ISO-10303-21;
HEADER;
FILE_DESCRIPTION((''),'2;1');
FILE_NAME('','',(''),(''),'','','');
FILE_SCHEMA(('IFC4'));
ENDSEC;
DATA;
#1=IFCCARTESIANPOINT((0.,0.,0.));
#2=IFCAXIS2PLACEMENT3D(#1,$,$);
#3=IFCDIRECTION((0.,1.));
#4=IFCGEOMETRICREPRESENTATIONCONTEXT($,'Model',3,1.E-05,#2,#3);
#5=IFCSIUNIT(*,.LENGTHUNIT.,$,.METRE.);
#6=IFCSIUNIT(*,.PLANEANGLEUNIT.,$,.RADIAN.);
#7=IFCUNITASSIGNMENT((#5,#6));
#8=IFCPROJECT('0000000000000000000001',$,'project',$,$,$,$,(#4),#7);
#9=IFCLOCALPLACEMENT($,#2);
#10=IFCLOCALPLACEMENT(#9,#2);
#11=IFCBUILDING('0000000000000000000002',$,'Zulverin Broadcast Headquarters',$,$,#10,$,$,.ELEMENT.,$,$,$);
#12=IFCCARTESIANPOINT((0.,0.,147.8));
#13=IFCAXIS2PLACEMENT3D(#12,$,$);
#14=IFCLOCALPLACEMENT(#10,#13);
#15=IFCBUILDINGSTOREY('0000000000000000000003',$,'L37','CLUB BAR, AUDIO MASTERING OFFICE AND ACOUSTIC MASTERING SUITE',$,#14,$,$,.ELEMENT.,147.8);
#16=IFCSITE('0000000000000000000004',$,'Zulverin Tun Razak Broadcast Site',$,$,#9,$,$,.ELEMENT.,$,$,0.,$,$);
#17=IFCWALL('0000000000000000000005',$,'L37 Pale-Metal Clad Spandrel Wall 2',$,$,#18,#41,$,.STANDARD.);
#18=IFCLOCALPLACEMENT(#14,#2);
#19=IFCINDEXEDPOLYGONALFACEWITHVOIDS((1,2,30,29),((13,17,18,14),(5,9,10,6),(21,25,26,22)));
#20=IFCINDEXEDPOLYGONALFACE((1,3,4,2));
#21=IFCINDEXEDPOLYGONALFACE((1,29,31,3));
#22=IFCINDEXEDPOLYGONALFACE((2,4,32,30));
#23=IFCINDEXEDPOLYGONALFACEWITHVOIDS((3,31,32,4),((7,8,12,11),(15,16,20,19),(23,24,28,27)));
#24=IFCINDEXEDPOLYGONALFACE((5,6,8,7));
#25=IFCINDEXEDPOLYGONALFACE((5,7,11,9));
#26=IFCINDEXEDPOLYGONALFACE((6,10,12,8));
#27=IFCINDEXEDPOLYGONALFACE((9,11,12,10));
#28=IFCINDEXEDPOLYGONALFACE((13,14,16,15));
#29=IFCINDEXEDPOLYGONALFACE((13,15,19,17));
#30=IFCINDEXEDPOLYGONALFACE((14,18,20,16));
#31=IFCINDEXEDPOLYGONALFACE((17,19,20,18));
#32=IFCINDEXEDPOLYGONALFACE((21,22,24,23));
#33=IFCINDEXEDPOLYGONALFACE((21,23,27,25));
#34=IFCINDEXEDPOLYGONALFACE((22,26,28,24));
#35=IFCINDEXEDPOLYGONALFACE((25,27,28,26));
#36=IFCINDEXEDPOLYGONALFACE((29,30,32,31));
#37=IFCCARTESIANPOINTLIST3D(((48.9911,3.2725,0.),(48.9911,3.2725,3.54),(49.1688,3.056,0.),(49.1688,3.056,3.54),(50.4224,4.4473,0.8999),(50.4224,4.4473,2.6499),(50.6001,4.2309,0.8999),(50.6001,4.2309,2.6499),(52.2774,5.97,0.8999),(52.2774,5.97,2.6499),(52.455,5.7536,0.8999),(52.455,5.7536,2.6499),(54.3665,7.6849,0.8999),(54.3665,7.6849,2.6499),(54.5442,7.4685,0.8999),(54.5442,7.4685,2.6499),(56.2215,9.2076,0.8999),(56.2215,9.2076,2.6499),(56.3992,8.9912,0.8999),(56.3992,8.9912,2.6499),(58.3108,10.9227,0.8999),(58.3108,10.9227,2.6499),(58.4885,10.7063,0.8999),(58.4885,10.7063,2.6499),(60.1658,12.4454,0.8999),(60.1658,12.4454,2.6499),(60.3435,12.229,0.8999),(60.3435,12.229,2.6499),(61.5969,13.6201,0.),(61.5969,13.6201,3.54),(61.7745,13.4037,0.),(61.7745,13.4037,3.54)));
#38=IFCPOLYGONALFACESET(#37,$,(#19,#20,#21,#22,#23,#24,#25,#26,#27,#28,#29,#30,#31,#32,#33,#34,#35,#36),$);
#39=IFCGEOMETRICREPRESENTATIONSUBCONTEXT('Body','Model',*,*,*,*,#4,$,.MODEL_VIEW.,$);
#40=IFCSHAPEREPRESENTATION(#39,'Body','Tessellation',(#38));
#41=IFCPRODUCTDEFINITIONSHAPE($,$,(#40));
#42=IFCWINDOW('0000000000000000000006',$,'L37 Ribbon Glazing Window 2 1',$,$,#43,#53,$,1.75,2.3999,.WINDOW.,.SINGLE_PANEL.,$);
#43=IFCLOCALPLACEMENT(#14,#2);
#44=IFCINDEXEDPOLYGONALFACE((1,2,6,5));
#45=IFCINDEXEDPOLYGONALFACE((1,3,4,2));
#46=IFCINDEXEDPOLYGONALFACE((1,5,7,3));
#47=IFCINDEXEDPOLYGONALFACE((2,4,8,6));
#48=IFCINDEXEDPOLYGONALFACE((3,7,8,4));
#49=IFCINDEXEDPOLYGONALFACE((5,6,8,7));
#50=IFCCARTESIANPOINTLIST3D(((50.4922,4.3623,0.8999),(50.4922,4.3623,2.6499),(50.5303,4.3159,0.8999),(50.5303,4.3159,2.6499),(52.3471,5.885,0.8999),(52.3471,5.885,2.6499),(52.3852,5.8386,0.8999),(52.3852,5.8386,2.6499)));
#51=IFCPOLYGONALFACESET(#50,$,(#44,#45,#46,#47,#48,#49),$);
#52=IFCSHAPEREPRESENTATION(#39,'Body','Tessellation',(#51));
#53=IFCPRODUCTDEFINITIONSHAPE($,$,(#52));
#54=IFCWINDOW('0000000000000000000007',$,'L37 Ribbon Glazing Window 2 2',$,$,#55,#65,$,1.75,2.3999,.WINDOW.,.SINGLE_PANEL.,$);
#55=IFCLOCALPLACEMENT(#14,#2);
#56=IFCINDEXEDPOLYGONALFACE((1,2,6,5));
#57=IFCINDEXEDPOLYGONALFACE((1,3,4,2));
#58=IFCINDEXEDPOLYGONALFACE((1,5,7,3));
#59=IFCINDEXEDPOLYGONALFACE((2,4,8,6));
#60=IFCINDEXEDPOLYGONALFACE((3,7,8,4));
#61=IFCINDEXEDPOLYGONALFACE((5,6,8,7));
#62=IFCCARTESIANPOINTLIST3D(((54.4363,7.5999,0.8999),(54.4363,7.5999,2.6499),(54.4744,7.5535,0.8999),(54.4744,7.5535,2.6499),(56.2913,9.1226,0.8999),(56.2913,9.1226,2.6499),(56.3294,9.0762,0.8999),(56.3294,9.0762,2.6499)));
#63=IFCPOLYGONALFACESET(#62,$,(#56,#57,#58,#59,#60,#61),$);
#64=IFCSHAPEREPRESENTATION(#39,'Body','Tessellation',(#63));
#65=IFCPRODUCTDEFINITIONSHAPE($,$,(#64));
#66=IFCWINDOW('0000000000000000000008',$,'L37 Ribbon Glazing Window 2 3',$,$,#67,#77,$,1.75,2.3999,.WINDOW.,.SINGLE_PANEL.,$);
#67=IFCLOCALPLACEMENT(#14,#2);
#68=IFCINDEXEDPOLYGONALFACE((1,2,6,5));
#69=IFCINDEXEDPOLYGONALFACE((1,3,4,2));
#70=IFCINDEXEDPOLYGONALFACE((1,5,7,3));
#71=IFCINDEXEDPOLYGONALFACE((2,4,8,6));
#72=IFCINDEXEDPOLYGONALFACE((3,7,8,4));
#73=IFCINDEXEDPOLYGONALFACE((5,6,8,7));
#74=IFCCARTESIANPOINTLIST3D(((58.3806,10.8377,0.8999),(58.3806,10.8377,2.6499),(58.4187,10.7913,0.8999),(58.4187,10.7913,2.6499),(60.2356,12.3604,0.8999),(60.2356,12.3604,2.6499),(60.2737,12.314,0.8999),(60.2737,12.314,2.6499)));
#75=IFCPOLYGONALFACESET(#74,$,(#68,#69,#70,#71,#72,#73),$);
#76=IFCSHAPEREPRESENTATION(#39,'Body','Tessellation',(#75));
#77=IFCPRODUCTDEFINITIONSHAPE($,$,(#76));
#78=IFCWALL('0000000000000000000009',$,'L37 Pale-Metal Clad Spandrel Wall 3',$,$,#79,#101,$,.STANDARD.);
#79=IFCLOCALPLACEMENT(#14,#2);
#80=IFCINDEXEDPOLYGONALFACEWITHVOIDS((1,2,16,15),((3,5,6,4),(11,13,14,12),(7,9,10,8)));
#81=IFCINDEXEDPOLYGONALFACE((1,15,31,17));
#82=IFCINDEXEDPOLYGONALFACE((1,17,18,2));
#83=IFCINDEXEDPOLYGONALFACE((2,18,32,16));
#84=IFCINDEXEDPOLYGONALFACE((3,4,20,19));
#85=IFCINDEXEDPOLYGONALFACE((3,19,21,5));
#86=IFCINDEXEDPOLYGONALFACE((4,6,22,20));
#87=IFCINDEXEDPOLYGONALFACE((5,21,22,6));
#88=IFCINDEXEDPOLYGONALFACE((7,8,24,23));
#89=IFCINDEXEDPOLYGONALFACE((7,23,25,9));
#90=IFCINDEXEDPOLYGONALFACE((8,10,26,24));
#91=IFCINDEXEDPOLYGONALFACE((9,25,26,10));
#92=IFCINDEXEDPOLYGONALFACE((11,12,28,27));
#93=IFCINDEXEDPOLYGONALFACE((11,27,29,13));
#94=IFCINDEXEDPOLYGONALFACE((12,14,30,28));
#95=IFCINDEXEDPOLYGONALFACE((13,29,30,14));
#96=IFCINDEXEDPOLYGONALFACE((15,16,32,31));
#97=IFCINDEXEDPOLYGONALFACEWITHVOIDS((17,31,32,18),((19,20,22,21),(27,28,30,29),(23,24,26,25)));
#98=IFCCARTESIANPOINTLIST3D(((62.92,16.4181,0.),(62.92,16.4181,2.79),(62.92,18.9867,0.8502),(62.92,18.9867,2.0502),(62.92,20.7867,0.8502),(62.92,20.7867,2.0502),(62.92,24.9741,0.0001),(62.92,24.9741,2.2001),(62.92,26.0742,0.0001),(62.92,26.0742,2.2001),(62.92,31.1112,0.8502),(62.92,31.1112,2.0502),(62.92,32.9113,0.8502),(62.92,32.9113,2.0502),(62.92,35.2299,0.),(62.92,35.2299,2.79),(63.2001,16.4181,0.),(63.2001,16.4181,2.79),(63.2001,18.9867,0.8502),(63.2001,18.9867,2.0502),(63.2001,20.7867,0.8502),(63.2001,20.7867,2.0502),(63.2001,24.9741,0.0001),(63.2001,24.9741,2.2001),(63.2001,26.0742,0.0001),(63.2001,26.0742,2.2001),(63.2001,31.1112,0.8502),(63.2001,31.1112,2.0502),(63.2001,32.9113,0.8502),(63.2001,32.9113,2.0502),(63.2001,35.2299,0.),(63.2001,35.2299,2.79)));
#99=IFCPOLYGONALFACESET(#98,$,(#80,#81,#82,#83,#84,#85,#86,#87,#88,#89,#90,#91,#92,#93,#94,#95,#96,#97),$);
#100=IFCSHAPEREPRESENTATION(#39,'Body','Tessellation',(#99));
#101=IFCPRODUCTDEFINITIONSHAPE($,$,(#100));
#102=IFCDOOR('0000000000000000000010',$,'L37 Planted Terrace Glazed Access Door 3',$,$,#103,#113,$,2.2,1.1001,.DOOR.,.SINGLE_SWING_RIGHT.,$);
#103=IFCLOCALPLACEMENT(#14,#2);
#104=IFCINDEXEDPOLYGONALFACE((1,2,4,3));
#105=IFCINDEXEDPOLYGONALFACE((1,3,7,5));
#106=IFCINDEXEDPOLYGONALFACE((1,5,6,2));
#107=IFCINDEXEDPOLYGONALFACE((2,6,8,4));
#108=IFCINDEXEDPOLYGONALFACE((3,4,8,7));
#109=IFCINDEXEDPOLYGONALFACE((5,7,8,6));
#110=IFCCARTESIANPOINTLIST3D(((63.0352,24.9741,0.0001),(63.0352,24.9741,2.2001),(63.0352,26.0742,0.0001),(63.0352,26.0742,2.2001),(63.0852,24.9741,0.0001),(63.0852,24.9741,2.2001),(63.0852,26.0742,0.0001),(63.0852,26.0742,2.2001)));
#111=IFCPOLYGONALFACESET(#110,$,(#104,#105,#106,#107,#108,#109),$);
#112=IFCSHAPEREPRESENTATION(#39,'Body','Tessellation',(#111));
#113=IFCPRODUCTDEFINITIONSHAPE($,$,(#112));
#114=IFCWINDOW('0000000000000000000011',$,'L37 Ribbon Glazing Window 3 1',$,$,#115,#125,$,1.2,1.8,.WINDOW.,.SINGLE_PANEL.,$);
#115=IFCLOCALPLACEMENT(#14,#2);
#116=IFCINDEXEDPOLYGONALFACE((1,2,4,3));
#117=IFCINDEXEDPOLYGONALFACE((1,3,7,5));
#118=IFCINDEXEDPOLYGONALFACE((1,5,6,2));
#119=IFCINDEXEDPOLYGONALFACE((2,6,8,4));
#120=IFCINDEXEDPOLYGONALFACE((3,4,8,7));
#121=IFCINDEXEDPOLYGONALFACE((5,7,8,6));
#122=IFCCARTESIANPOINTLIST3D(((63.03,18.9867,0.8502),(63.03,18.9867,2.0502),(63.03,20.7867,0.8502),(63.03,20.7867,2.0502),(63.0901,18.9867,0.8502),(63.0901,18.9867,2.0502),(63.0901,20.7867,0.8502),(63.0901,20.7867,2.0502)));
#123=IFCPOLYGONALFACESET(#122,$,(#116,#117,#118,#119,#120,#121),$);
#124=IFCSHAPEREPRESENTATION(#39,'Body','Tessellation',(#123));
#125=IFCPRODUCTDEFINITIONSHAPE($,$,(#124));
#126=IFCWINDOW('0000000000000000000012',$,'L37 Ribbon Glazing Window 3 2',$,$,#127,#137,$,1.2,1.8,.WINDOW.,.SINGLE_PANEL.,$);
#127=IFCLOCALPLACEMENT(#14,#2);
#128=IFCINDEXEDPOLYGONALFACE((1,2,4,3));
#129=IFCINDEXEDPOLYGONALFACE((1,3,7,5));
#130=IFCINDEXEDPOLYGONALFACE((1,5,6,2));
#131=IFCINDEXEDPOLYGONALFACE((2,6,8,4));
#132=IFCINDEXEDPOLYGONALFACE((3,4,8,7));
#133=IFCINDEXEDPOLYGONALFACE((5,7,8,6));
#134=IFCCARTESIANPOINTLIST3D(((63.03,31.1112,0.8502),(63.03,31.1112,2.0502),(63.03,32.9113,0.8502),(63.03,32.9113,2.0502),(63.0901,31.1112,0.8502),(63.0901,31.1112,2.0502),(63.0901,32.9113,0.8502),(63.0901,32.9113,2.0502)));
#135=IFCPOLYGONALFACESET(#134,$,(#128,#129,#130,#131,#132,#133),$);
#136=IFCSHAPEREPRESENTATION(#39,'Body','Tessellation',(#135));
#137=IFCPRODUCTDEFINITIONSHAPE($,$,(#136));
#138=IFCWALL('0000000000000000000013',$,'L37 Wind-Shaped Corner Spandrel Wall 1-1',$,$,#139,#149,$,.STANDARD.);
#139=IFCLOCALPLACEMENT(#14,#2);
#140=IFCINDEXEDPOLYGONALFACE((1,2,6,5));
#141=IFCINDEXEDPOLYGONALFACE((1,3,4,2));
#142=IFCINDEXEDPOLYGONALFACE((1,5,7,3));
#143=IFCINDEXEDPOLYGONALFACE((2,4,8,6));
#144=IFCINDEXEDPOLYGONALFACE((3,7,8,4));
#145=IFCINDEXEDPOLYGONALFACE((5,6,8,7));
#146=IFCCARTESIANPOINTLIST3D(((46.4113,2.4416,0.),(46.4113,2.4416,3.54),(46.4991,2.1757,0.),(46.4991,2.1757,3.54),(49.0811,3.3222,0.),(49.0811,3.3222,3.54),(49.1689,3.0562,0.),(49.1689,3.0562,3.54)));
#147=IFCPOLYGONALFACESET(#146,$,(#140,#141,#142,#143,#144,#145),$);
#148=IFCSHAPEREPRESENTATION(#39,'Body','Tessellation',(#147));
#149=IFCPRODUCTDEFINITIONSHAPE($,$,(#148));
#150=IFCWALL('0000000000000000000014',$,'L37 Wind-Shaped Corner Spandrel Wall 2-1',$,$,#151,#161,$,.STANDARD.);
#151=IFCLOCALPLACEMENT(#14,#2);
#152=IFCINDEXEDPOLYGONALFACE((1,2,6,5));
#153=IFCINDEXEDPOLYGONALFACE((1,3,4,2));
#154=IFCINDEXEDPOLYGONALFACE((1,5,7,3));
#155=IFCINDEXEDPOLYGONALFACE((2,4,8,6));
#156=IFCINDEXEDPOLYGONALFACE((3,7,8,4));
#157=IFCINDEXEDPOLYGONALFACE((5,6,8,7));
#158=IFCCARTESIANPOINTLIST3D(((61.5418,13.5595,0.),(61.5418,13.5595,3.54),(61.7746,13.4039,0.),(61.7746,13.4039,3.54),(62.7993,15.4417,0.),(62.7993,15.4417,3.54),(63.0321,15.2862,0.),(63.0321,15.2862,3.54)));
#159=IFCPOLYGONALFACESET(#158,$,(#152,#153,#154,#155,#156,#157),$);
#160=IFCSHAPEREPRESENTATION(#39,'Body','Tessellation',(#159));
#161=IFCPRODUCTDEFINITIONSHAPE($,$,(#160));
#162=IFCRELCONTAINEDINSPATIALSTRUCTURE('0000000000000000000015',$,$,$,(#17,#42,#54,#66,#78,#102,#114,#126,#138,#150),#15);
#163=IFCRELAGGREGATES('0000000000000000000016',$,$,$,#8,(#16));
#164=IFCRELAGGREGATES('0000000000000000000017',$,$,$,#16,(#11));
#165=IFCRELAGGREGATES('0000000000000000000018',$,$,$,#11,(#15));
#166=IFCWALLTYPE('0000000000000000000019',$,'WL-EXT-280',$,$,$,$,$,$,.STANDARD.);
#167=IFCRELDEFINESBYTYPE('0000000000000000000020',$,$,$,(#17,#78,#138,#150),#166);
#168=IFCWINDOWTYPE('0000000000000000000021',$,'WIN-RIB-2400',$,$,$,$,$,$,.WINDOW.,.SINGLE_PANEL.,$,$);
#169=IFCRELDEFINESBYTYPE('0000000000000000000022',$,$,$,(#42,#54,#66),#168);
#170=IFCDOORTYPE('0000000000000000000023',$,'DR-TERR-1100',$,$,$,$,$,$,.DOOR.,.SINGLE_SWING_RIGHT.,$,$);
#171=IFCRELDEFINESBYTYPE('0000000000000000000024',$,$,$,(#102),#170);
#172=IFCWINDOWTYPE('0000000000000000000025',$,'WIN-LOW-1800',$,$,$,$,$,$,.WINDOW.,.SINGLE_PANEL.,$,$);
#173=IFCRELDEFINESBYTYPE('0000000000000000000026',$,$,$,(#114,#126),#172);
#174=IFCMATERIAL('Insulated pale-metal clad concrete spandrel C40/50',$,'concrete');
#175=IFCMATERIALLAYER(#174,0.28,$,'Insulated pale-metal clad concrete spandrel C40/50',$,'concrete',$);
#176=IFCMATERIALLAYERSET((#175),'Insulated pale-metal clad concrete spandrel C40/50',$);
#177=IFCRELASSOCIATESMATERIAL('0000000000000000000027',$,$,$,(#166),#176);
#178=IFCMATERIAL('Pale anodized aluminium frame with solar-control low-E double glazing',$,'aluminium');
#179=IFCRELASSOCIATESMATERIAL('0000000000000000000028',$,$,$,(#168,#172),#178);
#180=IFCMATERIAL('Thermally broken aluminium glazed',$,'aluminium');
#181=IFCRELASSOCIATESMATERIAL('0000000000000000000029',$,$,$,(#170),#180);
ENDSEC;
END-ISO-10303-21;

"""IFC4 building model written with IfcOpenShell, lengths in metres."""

from ifc_helpers import new_model, si_unit, direction, frame, frame_2d, origin, place, context, subcontext, project, spatial, rectangle, extrude, material, layer, layer_set, type_object, element, fill, save


model = new_model("IFC4")

# Units and contexts
model_context = context("Model", 3, precision=1e-05, world=origin(), true_north=direction((0.0, 1.0)))
body_context = subcontext(model_context, "Body", "Model", "MODEL_VIEW")
ifc_project = project(units=[si_unit("LENGTHUNIT", "METRE"), si_unit("PLANEANGLEUNIT", "RADIAN")], contexts=[model_context])

# Site, building, storey
site_placement = place(None, origin())
site = spatial("IfcSite", under=ifc_project, at=site_placement, Name="Zulverin Tun Razak Broadcast Site", CompositionType="ELEMENT", RefElevation=0.0)
building_placement = place(site_placement, origin())
building = spatial("IfcBuilding", under=site, at=building_placement, Name="Zulverin Broadcast Headquarters", CompositionType="ELEMENT")
storey_placement = place(building_placement, frame((0.0, 0.0, 147.8)))
storey = spatial("IfcBuildingStorey", under=building, at=storey_placement, Name="L37", Description="CLUB BAR, AUDIO MASTERING OFFICE AND ACOUSTIC MASTERING SUITE", CompositionType="ELEMENT", Elevation=147.8)

# Wall, openings, windows
ifc_material_1 = material(Name="Insulated pale-metal clad concrete spandrel C40/50", Category="concrete")
ifc_layer_1 = layer(ifc_material_1, 0.28, Name="Insulated pale-metal clad concrete spandrel C40/50", Category="concrete")
ifc_layer_set_1 = layer_set([ifc_layer_1], Name="Insulated pale-metal clad concrete spandrel C40/50")
wall_type = type_object("IfcWallType", Name="WL-EXT-280", PredefinedType="STANDARD", material=ifc_layer_set_1)
wall_1_placement = place(storey_placement, frame((49.0801, 3.1643, 0.0), z_axis=(0.0, 0.0, 1.0), x_axis=(0.772938, 0.634482, 0.0)))
wall_1 = element("IfcWall", 1, at=wall_1_placement, inside=storey, type_object=wall_type, Name="L37 Pale-Metal Clad Spandrel Wall 2", PredefinedType="STANDARD", context=body_context, shape_type="SweptSolid", body=[
    extrude(rectangle(XDim=16.3088, YDim=0.28, at=frame_2d((8.1543, 0.0))), origin(), (0.0, 0.0, 1.0), 3.54),
])
opening_1_placement = place(wall_1_placement, frame((1.8516, 0.0, 0.8999)))
opening_1 = element("IfcOpeningElement", 2, at=opening_1_placement, cuts=wall_1, PredefinedType="OPENING", context=body_context, shape_type="SweptSolid", body=[
    extrude(rectangle(XDim=2.3999, YDim=1.75, at=frame_2d((1.2, 0.875))), frame((0.0, 0.1499, 0.0), z_axis=(0.0, -1.0, 0.0), x_axis=(1.0, 0.0, 0.0)), (0.0, 0.0, 1.0), 0.3),
])
opening_2_placement = place(wall_1_placement, frame((6.9543, 0.0, 0.8999)))
opening_2 = element("IfcOpeningElement", 3, at=opening_2_placement, cuts=wall_1, PredefinedType="OPENING", context=body_context, shape_type="SweptSolid", body=[
    extrude(rectangle(XDim=2.3999, YDim=1.75, at=frame_2d((1.2, 0.875))), frame((0.0, 0.1499, 0.0), z_axis=(0.0, -1.0, 0.0), x_axis=(1.0, 0.0, 0.0)), (0.0, 0.0, 1.0), 0.3),
])
opening_3_placement = place(wall_1_placement, frame((12.0574, 0.0, 0.8999)))
opening_3 = element("IfcOpeningElement", 4, at=opening_3_placement, cuts=wall_1, PredefinedType="OPENING", context=body_context, shape_type="SweptSolid", body=[
    extrude(rectangle(XDim=2.3999, YDim=1.75, at=frame_2d((1.2, 0.875))), frame((0.0, 0.1499, 0.0), z_axis=(0.0, -1.0, 0.0), x_axis=(1.0, 0.0, 0.0)), (0.0, 0.0, 1.0), 0.3),
])
ifc_material_2 = material(Name="Pale anodized aluminium frame with solar-control low-E double glazing", Category="aluminium")
window_type_1 = type_object("IfcWindowType", Name="WIN-RIB-2400", PartitioningType="SINGLE_PANEL", PredefinedType="WINDOW", material=ifc_material_2)
window_1_placement = place(opening_1_placement, origin())
window_1 = element("IfcWindow", 5, at=window_1_placement, inside=storey, type_object=window_type_1, Name="L37 Ribbon Glazing Window 2 1", OverallHeight=1.75, OverallWidth=2.3999, PartitioningType="SINGLE_PANEL", PredefinedType="WINDOW", context=body_context, shape_type="SweptSolid", body=[
    extrude(rectangle(XDim=2.3999, YDim=1.75, at=frame_2d((1.2, 0.875))), frame((0.0, 0.03, 0.0), z_axis=(0.0, -1.0, 0.0), x_axis=(1.0, 0.0, 0.0)), (0.0, 0.0, 1.0), 0.0601),
])
fill(opening_1, window_1)
window_2_placement = place(opening_2_placement, origin())
window_2 = element("IfcWindow", 6, at=window_2_placement, inside=storey, type_object=window_type_1, Name="L37 Ribbon Glazing Window 2 2", OverallHeight=1.75, OverallWidth=2.3999, PartitioningType="SINGLE_PANEL", PredefinedType="WINDOW", context=body_context, shape_type="SweptSolid", body=[
    extrude(rectangle(XDim=2.3999, YDim=1.75, at=frame_2d((1.2, 0.875))), frame((0.0, 0.03, 0.0), z_axis=(0.0, -1.0, 0.0), x_axis=(1.0, 0.0, 0.0)), (0.0, 0.0, 1.0), 0.0601),
])
fill(opening_2, window_2)
window_3_placement = place(opening_3_placement, origin())
window_3 = element("IfcWindow", 7, at=window_3_placement, inside=storey, type_object=window_type_1, Name="L37 Ribbon Glazing Window 2 3", OverallHeight=1.75, OverallWidth=2.3999, PartitioningType="SINGLE_PANEL", PredefinedType="WINDOW", context=body_context, shape_type="SweptSolid", body=[
    extrude(rectangle(XDim=2.3999, YDim=1.75, at=frame_2d((1.2, 0.875))), frame((0.0, 0.03, 0.0), z_axis=(0.0, -1.0, 0.0), x_axis=(1.0, 0.0, 0.0)), (0.0, 0.0, 1.0), 0.0601),
])
fill(opening_3, window_3)

# Wall, openings, door, windows
wall_2_placement = place(storey_placement, frame((63.0601, 16.4182, 0.0), z_axis=(0.0, 0.0, 1.0), x_axis=(0.0, 1.0, 0.0)))
wall_2 = element("IfcWall", 8, at=wall_2_placement, inside=storey, type_object=wall_type, Name="L37 Pale-Metal Clad Spandrel Wall 3", PredefinedType="STANDARD", context=body_context, shape_type="SweptSolid", body=[
    extrude(rectangle(XDim=18.8118, YDim=0.28, at=frame_2d((9.4058, 0.0))), origin(), (0.0, 0.0, 1.0), 2.79),
])
opening_4_placement = place(wall_2_placement, frame((8.5559, 0.0, 0.0)))
opening_4 = element("IfcOpeningElement", 9, at=opening_4_placement, cuts=wall_2, PredefinedType="OPENING", context=body_context, shape_type="SweptSolid", body=[
    extrude(rectangle(XDim=1.1001, YDim=2.2, at=frame_2d((0.55, 1.1001))), frame((0.0, 0.1499, 0.0), z_axis=(0.0, -1.0, 0.0), x_axis=(1.0, 0.0, 0.0)), (0.0, 0.0, 1.0), 0.3),
])
opening_5_placement = place(wall_2_placement, frame((2.5686, 0.0, 0.8501)))
opening_5 = element("IfcOpeningElement", 10, at=opening_5_placement, cuts=wall_2, PredefinedType="OPENING", context=body_context, shape_type="SweptSolid", body=[
    extrude(rectangle(XDim=1.8, YDim=1.2, at=frame_2d((0.8999, 0.6001))), frame((0.0, 0.1499, 0.0), z_axis=(0.0, -1.0, 0.0), x_axis=(1.0, 0.0, 0.0)), (0.0, 0.0, 1.0), 0.3),
])
opening_6_placement = place(wall_2_placement, frame((14.6931, 0.0, 0.8501)))
opening_6 = element("IfcOpeningElement", 11, at=opening_6_placement, cuts=wall_2, PredefinedType="OPENING", context=body_context, shape_type="SweptSolid", body=[
    extrude(rectangle(XDim=1.8, YDim=1.2, at=frame_2d((0.8999, 0.6001))), frame((0.0, 0.1499, 0.0), z_axis=(0.0, -1.0, 0.0), x_axis=(1.0, 0.0, 0.0)), (0.0, 0.0, 1.0), 0.3),
])
ifc_material_3 = material(Name="Thermally broken aluminium glazed", Category="aluminium")
door_type = type_object("IfcDoorType", Name="DR-TERR-1100", OperationType="SINGLE_SWING_RIGHT", PredefinedType="DOOR", material=ifc_material_3)
door_placement = place(opening_4_placement, origin())
door = element("IfcDoor", 12, at=door_placement, inside=storey, type_object=door_type, Name="L37 Planted Terrace Glazed Access Door 3", OperationType="SINGLE_SWING_RIGHT", OverallHeight=2.2, OverallWidth=1.1001, PredefinedType="DOOR", context=body_context, shape_type="SweptSolid", body=[
    extrude(rectangle(XDim=1.1001, YDim=2.2, at=frame_2d((0.55, 1.1001))), frame((0.0, 0.0249, 0.0), z_axis=(0.0, -1.0, 0.0), x_axis=(1.0, 0.0, 0.0)), (0.0, 0.0, 1.0), 0.05),
])
fill(opening_4, door)
window_type_2 = type_object("IfcWindowType", Name="WIN-LOW-1800", PartitioningType="SINGLE_PANEL", PredefinedType="WINDOW", material=ifc_material_2)
window_4_placement = place(opening_5_placement, origin())
window_4 = element("IfcWindow", 13, at=window_4_placement, inside=storey, type_object=window_type_2, Name="L37 Ribbon Glazing Window 3 1", OverallHeight=1.2, OverallWidth=1.8, PartitioningType="SINGLE_PANEL", PredefinedType="WINDOW", context=body_context, shape_type="SweptSolid", body=[
    extrude(rectangle(XDim=1.8, YDim=1.2, at=frame_2d((0.8999, 0.6001))), frame((0.0, 0.03, 0.0), z_axis=(0.0, -1.0, 0.0), x_axis=(1.0, 0.0, 0.0)), (0.0, 0.0, 1.0), 0.0601),
])
fill(opening_5, window_4)
window_5_placement = place(opening_6_placement, origin())
window_5 = element("IfcWindow", 14, at=window_5_placement, inside=storey, type_object=window_type_2, Name="L37 Ribbon Glazing Window 3 2", OverallHeight=1.2, OverallWidth=1.8, PartitioningType="SINGLE_PANEL", PredefinedType="WINDOW", context=body_context, shape_type="SweptSolid", body=[
    extrude(rectangle(XDim=1.8, YDim=1.2, at=frame_2d((0.8999, 0.6001))), frame((0.0, 0.03, 0.0), z_axis=(0.0, -1.0, 0.0), x_axis=(1.0, 0.0, 0.0)), (0.0, 0.0, 1.0), 0.0601),
])
fill(opening_6, window_5)

# Walls
wall_3_placement = place(storey_placement, frame((46.4551, 2.3086, 0.0), z_axis=(0.0, 0.0, 1.0), x_axis=(0.949677, 0.31323, 0.0)))
element("IfcWall", 15, at=wall_3_placement, inside=storey, type_object=wall_type, Name="L37 Wind-Shaped Corner Spandrel Wall 1-1", PredefinedType="STANDARD", context=body_context, shape_type="SweptSolid", body=[
    extrude(rectangle(XDim=2.8113, YDim=0.28, at=frame_2d((1.4058, 0.0))), origin(), (0.0, 0.0, 1.0), 3.54),
])
wall_4_placement = place(storey_placement, frame((61.6582, 13.4817, 0.0), z_axis=(0.0, 0.0, 1.0), x_axis=(0.555521, 0.831502, 0.0)))
element("IfcWall", 16, at=wall_4_placement, inside=storey, type_object=wall_type, Name="L37 Wind-Shaped Corner Spandrel Wall 2-1", PredefinedType="STANDARD", context=body_context, shape_type="SweptSolid", body=[
    extrude(rectangle(XDim=2.2637, YDim=0.28, at=frame_2d((1.1318, 0.0))), origin(), (0.0, 0.0, 1.0), 3.54),
])

save(model, "model.ifc")
